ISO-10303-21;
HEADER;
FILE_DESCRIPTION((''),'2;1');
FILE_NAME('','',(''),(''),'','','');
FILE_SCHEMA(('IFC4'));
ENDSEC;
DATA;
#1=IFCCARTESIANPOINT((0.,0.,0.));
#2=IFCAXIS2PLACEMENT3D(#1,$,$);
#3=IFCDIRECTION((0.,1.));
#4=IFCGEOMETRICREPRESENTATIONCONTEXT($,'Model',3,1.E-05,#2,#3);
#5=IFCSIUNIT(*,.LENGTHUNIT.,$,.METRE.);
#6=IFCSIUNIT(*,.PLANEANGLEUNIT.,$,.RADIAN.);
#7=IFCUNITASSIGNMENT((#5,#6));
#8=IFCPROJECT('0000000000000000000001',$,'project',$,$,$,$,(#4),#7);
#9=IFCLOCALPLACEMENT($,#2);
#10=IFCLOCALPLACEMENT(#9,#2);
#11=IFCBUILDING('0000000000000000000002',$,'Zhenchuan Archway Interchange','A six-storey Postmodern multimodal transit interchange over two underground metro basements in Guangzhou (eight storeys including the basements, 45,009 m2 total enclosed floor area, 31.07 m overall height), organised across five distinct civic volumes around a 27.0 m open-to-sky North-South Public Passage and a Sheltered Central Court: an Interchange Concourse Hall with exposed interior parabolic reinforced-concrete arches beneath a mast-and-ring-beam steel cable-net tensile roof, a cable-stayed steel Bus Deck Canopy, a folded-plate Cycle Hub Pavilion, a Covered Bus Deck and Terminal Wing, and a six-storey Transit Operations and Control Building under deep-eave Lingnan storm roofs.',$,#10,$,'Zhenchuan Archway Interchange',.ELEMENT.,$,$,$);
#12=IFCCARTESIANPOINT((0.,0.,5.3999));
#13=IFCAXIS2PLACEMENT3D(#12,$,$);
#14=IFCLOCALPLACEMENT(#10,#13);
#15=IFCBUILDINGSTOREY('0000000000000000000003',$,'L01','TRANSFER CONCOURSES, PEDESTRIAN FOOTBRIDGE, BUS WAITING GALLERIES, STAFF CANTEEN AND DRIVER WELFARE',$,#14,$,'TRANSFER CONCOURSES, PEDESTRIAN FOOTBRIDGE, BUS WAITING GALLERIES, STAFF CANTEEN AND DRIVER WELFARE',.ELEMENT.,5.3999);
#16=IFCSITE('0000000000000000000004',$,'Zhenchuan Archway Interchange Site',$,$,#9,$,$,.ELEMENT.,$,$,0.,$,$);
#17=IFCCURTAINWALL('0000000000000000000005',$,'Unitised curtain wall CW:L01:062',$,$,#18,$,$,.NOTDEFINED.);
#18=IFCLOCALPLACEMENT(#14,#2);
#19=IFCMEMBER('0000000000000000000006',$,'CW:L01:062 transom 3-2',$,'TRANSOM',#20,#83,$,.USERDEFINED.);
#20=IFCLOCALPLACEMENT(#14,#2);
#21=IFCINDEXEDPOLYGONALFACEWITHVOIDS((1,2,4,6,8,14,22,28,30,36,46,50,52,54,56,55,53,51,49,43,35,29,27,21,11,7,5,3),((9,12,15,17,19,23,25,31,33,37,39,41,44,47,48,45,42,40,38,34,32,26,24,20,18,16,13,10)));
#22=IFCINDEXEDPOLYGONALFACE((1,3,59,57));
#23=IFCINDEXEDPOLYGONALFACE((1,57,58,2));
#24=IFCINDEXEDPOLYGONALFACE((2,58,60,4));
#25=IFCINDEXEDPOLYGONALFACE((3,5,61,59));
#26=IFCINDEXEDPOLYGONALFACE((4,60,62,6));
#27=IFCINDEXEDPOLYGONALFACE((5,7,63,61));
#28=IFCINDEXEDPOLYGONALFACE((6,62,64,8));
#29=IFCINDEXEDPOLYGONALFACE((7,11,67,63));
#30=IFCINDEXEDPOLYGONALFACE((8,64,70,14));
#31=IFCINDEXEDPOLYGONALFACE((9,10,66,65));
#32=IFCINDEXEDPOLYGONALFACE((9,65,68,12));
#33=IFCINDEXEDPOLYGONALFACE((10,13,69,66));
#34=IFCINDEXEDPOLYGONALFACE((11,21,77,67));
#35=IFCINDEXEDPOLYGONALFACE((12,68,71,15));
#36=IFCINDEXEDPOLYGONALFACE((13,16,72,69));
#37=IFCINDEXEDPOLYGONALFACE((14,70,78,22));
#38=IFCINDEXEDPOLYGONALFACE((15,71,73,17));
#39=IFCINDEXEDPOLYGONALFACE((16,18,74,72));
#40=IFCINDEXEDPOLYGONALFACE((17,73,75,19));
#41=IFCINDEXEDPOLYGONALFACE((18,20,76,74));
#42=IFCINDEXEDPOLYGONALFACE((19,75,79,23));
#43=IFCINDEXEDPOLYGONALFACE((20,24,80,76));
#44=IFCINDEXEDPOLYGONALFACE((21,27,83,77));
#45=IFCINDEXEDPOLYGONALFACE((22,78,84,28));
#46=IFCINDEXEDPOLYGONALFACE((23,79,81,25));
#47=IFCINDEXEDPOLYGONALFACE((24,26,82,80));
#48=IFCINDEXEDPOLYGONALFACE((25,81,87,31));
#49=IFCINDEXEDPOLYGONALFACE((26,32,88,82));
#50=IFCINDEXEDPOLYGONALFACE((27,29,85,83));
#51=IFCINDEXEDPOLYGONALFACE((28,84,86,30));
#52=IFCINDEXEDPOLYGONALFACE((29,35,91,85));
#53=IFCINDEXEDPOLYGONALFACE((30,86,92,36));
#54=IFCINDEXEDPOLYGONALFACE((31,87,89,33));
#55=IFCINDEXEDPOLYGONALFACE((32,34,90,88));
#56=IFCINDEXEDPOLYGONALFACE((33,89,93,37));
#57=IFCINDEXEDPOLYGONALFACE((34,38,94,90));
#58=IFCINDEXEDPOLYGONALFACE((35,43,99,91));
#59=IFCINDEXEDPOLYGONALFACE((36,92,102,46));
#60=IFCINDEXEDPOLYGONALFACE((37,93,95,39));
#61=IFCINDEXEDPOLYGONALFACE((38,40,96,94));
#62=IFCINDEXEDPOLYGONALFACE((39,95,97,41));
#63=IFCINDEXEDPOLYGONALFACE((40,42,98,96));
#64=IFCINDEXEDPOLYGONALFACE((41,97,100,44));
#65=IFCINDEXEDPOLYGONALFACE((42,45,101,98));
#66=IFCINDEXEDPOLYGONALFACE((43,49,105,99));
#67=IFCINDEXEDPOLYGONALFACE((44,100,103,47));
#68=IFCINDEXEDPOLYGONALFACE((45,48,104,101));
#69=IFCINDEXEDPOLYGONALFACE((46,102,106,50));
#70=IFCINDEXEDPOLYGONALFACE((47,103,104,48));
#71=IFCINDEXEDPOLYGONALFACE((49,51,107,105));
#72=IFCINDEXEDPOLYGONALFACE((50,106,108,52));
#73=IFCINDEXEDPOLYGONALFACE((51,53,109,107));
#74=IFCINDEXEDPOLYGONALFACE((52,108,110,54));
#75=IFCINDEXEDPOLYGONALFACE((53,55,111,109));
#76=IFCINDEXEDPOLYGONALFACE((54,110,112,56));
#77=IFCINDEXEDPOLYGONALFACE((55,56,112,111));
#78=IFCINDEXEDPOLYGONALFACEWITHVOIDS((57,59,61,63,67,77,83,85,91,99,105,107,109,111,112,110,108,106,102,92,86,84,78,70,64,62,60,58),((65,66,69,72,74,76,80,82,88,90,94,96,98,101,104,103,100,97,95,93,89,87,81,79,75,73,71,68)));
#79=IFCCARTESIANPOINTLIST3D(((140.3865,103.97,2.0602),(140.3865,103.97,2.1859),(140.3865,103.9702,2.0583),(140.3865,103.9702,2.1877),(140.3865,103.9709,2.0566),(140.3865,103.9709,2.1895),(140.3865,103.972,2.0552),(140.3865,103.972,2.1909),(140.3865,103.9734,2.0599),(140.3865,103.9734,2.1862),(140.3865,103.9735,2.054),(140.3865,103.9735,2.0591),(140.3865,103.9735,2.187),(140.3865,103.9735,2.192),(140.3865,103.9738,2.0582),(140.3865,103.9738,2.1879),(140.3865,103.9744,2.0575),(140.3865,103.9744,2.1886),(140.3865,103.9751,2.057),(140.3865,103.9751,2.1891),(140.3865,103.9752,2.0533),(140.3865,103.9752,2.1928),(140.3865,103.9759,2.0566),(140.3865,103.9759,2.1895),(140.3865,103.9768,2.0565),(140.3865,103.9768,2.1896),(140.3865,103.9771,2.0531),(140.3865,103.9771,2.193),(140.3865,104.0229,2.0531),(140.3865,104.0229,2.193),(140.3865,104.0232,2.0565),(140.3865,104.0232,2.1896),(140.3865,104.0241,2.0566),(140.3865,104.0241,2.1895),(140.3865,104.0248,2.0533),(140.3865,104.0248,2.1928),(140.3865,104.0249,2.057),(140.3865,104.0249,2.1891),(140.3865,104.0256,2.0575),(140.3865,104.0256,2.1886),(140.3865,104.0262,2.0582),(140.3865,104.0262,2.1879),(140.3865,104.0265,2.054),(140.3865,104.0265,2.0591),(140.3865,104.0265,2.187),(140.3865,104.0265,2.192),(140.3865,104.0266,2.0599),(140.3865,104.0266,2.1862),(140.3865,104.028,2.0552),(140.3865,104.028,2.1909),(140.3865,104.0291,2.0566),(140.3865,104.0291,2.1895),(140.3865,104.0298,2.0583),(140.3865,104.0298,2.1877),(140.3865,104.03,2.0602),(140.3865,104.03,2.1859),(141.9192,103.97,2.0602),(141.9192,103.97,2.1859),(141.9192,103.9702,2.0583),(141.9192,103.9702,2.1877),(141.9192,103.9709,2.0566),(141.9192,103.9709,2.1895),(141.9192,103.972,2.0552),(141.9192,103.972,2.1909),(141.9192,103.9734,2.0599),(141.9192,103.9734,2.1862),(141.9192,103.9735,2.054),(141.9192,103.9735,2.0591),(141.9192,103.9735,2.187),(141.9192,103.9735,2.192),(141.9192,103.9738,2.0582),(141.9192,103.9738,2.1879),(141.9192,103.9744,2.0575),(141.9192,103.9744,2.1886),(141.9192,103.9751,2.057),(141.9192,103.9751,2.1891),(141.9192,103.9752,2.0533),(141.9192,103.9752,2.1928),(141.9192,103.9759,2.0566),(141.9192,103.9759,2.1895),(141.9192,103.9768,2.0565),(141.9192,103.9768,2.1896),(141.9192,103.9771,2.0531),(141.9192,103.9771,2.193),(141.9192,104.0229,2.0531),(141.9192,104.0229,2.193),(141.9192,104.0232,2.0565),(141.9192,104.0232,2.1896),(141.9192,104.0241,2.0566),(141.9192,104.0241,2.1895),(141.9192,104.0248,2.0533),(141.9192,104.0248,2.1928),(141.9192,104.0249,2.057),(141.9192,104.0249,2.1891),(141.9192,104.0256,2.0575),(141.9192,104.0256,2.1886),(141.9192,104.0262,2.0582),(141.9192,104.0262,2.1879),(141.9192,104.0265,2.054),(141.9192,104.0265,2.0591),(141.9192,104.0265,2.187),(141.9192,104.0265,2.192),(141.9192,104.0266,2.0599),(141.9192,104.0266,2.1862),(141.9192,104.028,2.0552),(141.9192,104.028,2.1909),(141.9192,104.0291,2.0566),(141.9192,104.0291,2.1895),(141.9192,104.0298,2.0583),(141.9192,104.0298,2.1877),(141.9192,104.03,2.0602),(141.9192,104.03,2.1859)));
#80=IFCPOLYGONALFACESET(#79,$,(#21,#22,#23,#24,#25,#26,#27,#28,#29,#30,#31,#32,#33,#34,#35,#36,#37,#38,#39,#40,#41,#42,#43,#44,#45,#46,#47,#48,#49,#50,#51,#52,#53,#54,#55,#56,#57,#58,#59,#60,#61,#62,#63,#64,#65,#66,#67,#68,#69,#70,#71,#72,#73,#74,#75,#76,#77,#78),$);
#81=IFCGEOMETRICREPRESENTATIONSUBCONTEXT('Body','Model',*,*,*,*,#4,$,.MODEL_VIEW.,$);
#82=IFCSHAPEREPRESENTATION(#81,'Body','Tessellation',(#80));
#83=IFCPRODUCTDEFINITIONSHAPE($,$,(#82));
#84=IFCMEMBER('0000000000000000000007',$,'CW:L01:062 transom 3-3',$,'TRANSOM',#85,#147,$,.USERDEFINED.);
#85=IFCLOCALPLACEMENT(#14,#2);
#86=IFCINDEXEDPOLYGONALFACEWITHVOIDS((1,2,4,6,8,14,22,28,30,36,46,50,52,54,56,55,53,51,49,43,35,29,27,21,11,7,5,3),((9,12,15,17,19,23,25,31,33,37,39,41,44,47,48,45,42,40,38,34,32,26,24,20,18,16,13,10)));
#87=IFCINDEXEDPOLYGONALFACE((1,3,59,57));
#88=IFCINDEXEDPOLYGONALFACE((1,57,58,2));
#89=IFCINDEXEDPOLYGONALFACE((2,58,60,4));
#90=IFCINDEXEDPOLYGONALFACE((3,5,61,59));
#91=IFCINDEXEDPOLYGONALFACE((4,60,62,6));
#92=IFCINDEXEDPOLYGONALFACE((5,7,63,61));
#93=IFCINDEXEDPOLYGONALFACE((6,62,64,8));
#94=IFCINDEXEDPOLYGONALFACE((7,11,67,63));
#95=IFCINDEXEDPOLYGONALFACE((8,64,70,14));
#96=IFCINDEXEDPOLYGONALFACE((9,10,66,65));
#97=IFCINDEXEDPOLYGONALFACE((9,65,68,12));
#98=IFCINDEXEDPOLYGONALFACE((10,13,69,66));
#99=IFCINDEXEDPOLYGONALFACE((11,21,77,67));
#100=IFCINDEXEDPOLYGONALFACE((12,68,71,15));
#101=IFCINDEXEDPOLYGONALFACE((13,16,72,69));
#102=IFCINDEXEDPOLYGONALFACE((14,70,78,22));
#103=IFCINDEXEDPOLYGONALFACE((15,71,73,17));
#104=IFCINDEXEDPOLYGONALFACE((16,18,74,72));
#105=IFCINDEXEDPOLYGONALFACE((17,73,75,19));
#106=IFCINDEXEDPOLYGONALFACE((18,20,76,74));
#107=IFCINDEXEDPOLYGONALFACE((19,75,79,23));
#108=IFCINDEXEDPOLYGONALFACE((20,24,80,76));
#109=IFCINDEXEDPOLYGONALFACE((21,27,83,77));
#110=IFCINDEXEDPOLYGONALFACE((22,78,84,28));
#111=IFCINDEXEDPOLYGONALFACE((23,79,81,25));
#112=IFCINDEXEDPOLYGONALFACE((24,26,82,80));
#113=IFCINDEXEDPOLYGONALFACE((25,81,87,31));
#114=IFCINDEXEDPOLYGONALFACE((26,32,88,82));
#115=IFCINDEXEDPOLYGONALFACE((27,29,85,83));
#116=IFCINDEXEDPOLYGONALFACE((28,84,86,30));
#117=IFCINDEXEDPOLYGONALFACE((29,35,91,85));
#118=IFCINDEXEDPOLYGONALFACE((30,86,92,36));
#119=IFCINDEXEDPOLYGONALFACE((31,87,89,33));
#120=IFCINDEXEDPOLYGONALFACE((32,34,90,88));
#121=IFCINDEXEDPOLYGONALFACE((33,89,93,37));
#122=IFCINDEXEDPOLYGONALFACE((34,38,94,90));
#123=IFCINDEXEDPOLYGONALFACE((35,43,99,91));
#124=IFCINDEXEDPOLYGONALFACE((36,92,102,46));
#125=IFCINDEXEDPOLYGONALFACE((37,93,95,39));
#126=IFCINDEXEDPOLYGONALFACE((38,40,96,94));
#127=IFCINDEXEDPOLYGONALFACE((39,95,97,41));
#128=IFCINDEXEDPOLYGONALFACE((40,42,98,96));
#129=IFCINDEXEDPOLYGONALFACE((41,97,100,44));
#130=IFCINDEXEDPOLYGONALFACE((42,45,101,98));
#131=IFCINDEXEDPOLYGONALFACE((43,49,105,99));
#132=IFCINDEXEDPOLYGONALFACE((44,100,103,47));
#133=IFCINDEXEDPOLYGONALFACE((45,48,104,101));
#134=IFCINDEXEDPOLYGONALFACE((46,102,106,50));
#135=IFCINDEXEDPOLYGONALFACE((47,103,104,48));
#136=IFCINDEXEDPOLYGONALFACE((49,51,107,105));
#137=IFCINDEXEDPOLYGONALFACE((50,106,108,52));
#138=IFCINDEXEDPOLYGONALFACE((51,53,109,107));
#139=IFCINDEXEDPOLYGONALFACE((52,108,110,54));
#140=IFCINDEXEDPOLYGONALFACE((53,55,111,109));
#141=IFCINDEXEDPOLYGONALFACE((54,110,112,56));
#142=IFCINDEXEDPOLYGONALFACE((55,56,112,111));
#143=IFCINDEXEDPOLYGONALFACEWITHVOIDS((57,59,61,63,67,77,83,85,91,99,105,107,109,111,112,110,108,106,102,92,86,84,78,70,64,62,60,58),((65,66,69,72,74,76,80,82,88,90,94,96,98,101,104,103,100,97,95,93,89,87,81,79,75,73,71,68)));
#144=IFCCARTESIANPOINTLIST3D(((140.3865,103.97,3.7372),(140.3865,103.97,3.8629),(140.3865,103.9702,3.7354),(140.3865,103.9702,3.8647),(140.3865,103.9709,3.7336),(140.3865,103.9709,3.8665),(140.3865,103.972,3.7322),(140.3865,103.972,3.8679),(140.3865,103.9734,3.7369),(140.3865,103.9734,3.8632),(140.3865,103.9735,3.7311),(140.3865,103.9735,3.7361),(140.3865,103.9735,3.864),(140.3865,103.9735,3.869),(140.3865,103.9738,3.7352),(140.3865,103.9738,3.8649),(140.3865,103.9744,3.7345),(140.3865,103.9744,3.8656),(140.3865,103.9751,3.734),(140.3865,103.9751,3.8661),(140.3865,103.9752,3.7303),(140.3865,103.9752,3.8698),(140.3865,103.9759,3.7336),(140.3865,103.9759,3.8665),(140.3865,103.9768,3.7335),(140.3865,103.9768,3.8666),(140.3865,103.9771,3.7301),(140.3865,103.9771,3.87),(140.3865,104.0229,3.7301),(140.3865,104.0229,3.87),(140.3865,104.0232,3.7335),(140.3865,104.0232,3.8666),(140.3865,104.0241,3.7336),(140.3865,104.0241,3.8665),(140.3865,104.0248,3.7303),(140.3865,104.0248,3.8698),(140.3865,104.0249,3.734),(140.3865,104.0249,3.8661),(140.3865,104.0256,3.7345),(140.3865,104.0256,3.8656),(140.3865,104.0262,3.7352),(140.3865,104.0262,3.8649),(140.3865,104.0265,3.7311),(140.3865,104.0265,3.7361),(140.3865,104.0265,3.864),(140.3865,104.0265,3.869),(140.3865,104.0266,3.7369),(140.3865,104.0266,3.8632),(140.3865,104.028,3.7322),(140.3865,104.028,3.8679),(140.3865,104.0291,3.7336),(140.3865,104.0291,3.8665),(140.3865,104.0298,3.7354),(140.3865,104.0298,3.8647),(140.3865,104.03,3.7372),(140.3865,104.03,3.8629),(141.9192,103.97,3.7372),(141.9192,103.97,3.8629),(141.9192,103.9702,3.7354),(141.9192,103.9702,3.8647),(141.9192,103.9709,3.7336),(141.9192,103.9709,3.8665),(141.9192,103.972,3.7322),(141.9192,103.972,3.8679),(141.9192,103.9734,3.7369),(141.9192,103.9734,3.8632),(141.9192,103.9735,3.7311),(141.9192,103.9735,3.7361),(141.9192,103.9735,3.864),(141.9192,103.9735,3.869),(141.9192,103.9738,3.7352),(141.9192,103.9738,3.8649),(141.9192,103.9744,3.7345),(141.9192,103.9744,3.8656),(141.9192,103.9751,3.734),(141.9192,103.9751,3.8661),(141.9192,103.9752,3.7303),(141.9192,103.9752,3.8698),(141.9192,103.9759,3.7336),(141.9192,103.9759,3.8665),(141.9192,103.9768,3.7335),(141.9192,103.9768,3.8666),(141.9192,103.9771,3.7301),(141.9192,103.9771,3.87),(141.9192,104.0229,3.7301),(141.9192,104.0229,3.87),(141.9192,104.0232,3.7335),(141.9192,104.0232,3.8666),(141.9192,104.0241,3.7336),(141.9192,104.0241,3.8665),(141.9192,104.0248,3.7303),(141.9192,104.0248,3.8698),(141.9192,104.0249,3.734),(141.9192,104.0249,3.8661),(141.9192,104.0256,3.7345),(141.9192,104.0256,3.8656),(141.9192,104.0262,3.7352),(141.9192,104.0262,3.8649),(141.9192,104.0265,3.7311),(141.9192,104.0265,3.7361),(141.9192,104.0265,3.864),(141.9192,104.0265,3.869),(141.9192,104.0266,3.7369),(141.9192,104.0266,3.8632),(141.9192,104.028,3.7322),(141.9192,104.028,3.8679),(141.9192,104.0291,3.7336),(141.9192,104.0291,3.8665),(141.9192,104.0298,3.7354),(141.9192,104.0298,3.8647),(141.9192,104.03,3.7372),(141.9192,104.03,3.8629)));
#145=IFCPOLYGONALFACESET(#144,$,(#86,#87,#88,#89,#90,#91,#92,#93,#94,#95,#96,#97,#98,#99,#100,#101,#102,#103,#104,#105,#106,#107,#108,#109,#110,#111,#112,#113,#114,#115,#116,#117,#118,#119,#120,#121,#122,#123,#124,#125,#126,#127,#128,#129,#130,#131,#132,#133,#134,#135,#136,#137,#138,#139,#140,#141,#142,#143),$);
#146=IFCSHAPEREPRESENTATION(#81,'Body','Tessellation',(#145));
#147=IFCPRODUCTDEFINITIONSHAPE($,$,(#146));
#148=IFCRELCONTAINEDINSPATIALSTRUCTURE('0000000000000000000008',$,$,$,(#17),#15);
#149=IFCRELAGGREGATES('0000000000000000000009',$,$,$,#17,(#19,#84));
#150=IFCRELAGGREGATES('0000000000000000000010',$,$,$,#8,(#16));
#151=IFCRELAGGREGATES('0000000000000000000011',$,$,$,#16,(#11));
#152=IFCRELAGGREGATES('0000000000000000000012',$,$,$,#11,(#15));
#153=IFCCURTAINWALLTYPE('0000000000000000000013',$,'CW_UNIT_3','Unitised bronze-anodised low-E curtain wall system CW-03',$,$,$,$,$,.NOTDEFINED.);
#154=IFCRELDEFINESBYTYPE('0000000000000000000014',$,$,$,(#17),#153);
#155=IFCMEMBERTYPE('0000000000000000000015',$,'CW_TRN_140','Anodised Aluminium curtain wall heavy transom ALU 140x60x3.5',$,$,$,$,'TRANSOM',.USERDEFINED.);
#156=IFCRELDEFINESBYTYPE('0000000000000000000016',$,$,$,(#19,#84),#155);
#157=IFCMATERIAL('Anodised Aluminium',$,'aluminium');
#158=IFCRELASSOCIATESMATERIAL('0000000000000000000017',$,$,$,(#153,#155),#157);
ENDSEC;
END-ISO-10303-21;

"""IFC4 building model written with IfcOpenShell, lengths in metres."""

from ifc_helpers import new_model, si_unit, direction, frame, origin, origin_2d, place, context, subcontext, project, spatial, hollow_rectangle, extrude, material, material_profile, profile_set, type_object, element, aggregate, save


model = new_model("IFC4")

# Units and contexts
model_context = context("Model", 3, precision=1e-05, world=origin(), true_north=direction((0.0, 1.0)))
body_context = subcontext(model_context, "Body", "Model", "MODEL_VIEW")
ifc_project = project(units=[si_unit("LENGTHUNIT", "METRE"), si_unit("PLANEANGLEUNIT", "RADIAN")], contexts=[model_context])

# Site, building, storey
site_placement = place(None, origin())
site = spatial("IfcSite", under=ifc_project, at=site_placement, Name="Zhenchuan Archway Interchange Site", CompositionType="ELEMENT", RefElevation=0.0)
building_placement = place(site_placement, origin())
building = spatial("IfcBuilding", under=site, at=building_placement, Name="Zhenchuan Archway Interchange", Description="A six-storey Postmodern multimodal transit interchange over two underground metro basements in Guangzhou (eight storeys including the basements, 45,009 m2 total enclosed floor area, 31.07 m overall height), organised across five distinct civic volumes around a 27.0 m open-to-sky North-South Public Passage and a Sheltered Central Court: an Interchange Concourse Hall with exposed interior parabolic reinforced-concrete arches beneath a mast-and-ring-beam steel cable-net tensile roof, a cable-stayed steel Bus Deck Canopy, a folded-plate Cycle Hub Pavilion, a Covered Bus Deck and Terminal Wing, and a six-storey Transit Operations and Control Building under deep-eave Lingnan storm roofs.", LongName="Zhenchuan Archway Interchange", CompositionType="ELEMENT")
storey_placement = place(building_placement, frame((0.0, 0.0, 5.3999)))
storey = spatial("IfcBuildingStorey", under=building, at=storey_placement, Name="L01", Description="TRANSFER CONCOURSES, PEDESTRIAN FOOTBRIDGE, BUS WAITING GALLERIES, STAFF CANTEEN AND DRIVER WELFARE", LongName="TRANSFER CONCOURSES, PEDESTRIAN FOOTBRIDGE, BUS WAITING GALLERIES, STAFF CANTEEN AND DRIVER WELFARE", CompositionType="ELEMENT", Elevation=5.3999)

# Curtain wall, members
ifc_material_1 = material(Name="Anodised Aluminium", Category="aluminium")
curtain_wall_type = type_object("IfcCurtainWallType", Name="CW_UNIT_3", Description="Unitised bronze-anodised low-E curtain wall system CW-03", PredefinedType="NOTDEFINED", material=ifc_material_1)
curtain_wall_placement = place(storey_placement, origin())
curtain_wall = element("IfcCurtainWall", 1, at=curtain_wall_placement, inside=storey, type_object=curtain_wall_type, Name="Unitised curtain wall CW:L01:062", PredefinedType="NOTDEFINED")
ifc_material_profile_1 = material_profile(ifc_material_1, hollow_rectangle(XDim=0.0601, YDim=0.1399, WallThickness=0.0034, InnerFilletRadius=0.0034, OuterFilletRadius=0.0071, at=origin_2d()), Name="ALU 140x60x3.5")
ifc_profile_set_1 = profile_set([ifc_material_profile_1], Name="Anodised Aluminium")
member_type_1 = type_object("IfcMemberType", Name="CW_TRN_140", Description="Anodised Aluminium curtain wall heavy transom ALU 140x60x3.5", ElementType="TRANSOM", PredefinedType="USERDEFINED", material=ifc_profile_set_1)
member_1_placement = place(storey_placement, frame((140.3865, 104.0, 2.123), z_axis=(1.0, 0.0, 0.0), x_axis=(0.0, 1.0, 0.0)))
member_1 = element("IfcMember", 2, at=member_1_placement, type_object=member_type_1, Name="CW:L01:062 transom 3-2", ObjectType="TRANSOM", PredefinedType="USERDEFINED", context=body_context, shape_type="SweptSolid", body=[
    extrude(hollow_rectangle(XDim=0.0601, YDim=0.1399, WallThickness=0.0034, InnerFilletRadius=0.0034, OuterFilletRadius=0.0071, at=origin_2d()), origin(), (0.0, 0.0, 1.0), 1.5327),
])
member_2_placement = place(storey_placement, frame((140.3865, 104.0, 3.8), z_axis=(1.0, 0.0, 0.0), x_axis=(0.0, 1.0, 0.0)))
member_2 = element("IfcMember", 3, at=member_2_placement, type_object=member_type_1, Name="CW:L01:062 transom 3-3", ObjectType="TRANSOM", PredefinedType="USERDEFINED", context=body_context, shape_type="SweptSolid", body=[
    extrude(hollow_rectangle(XDim=0.0601, YDim=0.1399, WallThickness=0.0034, InnerFilletRadius=0.0034, OuterFilletRadius=0.0071, at=origin_2d()), origin(), (0.0, 0.0, 1.0), 1.5327),
])

aggregate(curtain_wall, [member_1, member_2])

save(model, "model.ifc")
